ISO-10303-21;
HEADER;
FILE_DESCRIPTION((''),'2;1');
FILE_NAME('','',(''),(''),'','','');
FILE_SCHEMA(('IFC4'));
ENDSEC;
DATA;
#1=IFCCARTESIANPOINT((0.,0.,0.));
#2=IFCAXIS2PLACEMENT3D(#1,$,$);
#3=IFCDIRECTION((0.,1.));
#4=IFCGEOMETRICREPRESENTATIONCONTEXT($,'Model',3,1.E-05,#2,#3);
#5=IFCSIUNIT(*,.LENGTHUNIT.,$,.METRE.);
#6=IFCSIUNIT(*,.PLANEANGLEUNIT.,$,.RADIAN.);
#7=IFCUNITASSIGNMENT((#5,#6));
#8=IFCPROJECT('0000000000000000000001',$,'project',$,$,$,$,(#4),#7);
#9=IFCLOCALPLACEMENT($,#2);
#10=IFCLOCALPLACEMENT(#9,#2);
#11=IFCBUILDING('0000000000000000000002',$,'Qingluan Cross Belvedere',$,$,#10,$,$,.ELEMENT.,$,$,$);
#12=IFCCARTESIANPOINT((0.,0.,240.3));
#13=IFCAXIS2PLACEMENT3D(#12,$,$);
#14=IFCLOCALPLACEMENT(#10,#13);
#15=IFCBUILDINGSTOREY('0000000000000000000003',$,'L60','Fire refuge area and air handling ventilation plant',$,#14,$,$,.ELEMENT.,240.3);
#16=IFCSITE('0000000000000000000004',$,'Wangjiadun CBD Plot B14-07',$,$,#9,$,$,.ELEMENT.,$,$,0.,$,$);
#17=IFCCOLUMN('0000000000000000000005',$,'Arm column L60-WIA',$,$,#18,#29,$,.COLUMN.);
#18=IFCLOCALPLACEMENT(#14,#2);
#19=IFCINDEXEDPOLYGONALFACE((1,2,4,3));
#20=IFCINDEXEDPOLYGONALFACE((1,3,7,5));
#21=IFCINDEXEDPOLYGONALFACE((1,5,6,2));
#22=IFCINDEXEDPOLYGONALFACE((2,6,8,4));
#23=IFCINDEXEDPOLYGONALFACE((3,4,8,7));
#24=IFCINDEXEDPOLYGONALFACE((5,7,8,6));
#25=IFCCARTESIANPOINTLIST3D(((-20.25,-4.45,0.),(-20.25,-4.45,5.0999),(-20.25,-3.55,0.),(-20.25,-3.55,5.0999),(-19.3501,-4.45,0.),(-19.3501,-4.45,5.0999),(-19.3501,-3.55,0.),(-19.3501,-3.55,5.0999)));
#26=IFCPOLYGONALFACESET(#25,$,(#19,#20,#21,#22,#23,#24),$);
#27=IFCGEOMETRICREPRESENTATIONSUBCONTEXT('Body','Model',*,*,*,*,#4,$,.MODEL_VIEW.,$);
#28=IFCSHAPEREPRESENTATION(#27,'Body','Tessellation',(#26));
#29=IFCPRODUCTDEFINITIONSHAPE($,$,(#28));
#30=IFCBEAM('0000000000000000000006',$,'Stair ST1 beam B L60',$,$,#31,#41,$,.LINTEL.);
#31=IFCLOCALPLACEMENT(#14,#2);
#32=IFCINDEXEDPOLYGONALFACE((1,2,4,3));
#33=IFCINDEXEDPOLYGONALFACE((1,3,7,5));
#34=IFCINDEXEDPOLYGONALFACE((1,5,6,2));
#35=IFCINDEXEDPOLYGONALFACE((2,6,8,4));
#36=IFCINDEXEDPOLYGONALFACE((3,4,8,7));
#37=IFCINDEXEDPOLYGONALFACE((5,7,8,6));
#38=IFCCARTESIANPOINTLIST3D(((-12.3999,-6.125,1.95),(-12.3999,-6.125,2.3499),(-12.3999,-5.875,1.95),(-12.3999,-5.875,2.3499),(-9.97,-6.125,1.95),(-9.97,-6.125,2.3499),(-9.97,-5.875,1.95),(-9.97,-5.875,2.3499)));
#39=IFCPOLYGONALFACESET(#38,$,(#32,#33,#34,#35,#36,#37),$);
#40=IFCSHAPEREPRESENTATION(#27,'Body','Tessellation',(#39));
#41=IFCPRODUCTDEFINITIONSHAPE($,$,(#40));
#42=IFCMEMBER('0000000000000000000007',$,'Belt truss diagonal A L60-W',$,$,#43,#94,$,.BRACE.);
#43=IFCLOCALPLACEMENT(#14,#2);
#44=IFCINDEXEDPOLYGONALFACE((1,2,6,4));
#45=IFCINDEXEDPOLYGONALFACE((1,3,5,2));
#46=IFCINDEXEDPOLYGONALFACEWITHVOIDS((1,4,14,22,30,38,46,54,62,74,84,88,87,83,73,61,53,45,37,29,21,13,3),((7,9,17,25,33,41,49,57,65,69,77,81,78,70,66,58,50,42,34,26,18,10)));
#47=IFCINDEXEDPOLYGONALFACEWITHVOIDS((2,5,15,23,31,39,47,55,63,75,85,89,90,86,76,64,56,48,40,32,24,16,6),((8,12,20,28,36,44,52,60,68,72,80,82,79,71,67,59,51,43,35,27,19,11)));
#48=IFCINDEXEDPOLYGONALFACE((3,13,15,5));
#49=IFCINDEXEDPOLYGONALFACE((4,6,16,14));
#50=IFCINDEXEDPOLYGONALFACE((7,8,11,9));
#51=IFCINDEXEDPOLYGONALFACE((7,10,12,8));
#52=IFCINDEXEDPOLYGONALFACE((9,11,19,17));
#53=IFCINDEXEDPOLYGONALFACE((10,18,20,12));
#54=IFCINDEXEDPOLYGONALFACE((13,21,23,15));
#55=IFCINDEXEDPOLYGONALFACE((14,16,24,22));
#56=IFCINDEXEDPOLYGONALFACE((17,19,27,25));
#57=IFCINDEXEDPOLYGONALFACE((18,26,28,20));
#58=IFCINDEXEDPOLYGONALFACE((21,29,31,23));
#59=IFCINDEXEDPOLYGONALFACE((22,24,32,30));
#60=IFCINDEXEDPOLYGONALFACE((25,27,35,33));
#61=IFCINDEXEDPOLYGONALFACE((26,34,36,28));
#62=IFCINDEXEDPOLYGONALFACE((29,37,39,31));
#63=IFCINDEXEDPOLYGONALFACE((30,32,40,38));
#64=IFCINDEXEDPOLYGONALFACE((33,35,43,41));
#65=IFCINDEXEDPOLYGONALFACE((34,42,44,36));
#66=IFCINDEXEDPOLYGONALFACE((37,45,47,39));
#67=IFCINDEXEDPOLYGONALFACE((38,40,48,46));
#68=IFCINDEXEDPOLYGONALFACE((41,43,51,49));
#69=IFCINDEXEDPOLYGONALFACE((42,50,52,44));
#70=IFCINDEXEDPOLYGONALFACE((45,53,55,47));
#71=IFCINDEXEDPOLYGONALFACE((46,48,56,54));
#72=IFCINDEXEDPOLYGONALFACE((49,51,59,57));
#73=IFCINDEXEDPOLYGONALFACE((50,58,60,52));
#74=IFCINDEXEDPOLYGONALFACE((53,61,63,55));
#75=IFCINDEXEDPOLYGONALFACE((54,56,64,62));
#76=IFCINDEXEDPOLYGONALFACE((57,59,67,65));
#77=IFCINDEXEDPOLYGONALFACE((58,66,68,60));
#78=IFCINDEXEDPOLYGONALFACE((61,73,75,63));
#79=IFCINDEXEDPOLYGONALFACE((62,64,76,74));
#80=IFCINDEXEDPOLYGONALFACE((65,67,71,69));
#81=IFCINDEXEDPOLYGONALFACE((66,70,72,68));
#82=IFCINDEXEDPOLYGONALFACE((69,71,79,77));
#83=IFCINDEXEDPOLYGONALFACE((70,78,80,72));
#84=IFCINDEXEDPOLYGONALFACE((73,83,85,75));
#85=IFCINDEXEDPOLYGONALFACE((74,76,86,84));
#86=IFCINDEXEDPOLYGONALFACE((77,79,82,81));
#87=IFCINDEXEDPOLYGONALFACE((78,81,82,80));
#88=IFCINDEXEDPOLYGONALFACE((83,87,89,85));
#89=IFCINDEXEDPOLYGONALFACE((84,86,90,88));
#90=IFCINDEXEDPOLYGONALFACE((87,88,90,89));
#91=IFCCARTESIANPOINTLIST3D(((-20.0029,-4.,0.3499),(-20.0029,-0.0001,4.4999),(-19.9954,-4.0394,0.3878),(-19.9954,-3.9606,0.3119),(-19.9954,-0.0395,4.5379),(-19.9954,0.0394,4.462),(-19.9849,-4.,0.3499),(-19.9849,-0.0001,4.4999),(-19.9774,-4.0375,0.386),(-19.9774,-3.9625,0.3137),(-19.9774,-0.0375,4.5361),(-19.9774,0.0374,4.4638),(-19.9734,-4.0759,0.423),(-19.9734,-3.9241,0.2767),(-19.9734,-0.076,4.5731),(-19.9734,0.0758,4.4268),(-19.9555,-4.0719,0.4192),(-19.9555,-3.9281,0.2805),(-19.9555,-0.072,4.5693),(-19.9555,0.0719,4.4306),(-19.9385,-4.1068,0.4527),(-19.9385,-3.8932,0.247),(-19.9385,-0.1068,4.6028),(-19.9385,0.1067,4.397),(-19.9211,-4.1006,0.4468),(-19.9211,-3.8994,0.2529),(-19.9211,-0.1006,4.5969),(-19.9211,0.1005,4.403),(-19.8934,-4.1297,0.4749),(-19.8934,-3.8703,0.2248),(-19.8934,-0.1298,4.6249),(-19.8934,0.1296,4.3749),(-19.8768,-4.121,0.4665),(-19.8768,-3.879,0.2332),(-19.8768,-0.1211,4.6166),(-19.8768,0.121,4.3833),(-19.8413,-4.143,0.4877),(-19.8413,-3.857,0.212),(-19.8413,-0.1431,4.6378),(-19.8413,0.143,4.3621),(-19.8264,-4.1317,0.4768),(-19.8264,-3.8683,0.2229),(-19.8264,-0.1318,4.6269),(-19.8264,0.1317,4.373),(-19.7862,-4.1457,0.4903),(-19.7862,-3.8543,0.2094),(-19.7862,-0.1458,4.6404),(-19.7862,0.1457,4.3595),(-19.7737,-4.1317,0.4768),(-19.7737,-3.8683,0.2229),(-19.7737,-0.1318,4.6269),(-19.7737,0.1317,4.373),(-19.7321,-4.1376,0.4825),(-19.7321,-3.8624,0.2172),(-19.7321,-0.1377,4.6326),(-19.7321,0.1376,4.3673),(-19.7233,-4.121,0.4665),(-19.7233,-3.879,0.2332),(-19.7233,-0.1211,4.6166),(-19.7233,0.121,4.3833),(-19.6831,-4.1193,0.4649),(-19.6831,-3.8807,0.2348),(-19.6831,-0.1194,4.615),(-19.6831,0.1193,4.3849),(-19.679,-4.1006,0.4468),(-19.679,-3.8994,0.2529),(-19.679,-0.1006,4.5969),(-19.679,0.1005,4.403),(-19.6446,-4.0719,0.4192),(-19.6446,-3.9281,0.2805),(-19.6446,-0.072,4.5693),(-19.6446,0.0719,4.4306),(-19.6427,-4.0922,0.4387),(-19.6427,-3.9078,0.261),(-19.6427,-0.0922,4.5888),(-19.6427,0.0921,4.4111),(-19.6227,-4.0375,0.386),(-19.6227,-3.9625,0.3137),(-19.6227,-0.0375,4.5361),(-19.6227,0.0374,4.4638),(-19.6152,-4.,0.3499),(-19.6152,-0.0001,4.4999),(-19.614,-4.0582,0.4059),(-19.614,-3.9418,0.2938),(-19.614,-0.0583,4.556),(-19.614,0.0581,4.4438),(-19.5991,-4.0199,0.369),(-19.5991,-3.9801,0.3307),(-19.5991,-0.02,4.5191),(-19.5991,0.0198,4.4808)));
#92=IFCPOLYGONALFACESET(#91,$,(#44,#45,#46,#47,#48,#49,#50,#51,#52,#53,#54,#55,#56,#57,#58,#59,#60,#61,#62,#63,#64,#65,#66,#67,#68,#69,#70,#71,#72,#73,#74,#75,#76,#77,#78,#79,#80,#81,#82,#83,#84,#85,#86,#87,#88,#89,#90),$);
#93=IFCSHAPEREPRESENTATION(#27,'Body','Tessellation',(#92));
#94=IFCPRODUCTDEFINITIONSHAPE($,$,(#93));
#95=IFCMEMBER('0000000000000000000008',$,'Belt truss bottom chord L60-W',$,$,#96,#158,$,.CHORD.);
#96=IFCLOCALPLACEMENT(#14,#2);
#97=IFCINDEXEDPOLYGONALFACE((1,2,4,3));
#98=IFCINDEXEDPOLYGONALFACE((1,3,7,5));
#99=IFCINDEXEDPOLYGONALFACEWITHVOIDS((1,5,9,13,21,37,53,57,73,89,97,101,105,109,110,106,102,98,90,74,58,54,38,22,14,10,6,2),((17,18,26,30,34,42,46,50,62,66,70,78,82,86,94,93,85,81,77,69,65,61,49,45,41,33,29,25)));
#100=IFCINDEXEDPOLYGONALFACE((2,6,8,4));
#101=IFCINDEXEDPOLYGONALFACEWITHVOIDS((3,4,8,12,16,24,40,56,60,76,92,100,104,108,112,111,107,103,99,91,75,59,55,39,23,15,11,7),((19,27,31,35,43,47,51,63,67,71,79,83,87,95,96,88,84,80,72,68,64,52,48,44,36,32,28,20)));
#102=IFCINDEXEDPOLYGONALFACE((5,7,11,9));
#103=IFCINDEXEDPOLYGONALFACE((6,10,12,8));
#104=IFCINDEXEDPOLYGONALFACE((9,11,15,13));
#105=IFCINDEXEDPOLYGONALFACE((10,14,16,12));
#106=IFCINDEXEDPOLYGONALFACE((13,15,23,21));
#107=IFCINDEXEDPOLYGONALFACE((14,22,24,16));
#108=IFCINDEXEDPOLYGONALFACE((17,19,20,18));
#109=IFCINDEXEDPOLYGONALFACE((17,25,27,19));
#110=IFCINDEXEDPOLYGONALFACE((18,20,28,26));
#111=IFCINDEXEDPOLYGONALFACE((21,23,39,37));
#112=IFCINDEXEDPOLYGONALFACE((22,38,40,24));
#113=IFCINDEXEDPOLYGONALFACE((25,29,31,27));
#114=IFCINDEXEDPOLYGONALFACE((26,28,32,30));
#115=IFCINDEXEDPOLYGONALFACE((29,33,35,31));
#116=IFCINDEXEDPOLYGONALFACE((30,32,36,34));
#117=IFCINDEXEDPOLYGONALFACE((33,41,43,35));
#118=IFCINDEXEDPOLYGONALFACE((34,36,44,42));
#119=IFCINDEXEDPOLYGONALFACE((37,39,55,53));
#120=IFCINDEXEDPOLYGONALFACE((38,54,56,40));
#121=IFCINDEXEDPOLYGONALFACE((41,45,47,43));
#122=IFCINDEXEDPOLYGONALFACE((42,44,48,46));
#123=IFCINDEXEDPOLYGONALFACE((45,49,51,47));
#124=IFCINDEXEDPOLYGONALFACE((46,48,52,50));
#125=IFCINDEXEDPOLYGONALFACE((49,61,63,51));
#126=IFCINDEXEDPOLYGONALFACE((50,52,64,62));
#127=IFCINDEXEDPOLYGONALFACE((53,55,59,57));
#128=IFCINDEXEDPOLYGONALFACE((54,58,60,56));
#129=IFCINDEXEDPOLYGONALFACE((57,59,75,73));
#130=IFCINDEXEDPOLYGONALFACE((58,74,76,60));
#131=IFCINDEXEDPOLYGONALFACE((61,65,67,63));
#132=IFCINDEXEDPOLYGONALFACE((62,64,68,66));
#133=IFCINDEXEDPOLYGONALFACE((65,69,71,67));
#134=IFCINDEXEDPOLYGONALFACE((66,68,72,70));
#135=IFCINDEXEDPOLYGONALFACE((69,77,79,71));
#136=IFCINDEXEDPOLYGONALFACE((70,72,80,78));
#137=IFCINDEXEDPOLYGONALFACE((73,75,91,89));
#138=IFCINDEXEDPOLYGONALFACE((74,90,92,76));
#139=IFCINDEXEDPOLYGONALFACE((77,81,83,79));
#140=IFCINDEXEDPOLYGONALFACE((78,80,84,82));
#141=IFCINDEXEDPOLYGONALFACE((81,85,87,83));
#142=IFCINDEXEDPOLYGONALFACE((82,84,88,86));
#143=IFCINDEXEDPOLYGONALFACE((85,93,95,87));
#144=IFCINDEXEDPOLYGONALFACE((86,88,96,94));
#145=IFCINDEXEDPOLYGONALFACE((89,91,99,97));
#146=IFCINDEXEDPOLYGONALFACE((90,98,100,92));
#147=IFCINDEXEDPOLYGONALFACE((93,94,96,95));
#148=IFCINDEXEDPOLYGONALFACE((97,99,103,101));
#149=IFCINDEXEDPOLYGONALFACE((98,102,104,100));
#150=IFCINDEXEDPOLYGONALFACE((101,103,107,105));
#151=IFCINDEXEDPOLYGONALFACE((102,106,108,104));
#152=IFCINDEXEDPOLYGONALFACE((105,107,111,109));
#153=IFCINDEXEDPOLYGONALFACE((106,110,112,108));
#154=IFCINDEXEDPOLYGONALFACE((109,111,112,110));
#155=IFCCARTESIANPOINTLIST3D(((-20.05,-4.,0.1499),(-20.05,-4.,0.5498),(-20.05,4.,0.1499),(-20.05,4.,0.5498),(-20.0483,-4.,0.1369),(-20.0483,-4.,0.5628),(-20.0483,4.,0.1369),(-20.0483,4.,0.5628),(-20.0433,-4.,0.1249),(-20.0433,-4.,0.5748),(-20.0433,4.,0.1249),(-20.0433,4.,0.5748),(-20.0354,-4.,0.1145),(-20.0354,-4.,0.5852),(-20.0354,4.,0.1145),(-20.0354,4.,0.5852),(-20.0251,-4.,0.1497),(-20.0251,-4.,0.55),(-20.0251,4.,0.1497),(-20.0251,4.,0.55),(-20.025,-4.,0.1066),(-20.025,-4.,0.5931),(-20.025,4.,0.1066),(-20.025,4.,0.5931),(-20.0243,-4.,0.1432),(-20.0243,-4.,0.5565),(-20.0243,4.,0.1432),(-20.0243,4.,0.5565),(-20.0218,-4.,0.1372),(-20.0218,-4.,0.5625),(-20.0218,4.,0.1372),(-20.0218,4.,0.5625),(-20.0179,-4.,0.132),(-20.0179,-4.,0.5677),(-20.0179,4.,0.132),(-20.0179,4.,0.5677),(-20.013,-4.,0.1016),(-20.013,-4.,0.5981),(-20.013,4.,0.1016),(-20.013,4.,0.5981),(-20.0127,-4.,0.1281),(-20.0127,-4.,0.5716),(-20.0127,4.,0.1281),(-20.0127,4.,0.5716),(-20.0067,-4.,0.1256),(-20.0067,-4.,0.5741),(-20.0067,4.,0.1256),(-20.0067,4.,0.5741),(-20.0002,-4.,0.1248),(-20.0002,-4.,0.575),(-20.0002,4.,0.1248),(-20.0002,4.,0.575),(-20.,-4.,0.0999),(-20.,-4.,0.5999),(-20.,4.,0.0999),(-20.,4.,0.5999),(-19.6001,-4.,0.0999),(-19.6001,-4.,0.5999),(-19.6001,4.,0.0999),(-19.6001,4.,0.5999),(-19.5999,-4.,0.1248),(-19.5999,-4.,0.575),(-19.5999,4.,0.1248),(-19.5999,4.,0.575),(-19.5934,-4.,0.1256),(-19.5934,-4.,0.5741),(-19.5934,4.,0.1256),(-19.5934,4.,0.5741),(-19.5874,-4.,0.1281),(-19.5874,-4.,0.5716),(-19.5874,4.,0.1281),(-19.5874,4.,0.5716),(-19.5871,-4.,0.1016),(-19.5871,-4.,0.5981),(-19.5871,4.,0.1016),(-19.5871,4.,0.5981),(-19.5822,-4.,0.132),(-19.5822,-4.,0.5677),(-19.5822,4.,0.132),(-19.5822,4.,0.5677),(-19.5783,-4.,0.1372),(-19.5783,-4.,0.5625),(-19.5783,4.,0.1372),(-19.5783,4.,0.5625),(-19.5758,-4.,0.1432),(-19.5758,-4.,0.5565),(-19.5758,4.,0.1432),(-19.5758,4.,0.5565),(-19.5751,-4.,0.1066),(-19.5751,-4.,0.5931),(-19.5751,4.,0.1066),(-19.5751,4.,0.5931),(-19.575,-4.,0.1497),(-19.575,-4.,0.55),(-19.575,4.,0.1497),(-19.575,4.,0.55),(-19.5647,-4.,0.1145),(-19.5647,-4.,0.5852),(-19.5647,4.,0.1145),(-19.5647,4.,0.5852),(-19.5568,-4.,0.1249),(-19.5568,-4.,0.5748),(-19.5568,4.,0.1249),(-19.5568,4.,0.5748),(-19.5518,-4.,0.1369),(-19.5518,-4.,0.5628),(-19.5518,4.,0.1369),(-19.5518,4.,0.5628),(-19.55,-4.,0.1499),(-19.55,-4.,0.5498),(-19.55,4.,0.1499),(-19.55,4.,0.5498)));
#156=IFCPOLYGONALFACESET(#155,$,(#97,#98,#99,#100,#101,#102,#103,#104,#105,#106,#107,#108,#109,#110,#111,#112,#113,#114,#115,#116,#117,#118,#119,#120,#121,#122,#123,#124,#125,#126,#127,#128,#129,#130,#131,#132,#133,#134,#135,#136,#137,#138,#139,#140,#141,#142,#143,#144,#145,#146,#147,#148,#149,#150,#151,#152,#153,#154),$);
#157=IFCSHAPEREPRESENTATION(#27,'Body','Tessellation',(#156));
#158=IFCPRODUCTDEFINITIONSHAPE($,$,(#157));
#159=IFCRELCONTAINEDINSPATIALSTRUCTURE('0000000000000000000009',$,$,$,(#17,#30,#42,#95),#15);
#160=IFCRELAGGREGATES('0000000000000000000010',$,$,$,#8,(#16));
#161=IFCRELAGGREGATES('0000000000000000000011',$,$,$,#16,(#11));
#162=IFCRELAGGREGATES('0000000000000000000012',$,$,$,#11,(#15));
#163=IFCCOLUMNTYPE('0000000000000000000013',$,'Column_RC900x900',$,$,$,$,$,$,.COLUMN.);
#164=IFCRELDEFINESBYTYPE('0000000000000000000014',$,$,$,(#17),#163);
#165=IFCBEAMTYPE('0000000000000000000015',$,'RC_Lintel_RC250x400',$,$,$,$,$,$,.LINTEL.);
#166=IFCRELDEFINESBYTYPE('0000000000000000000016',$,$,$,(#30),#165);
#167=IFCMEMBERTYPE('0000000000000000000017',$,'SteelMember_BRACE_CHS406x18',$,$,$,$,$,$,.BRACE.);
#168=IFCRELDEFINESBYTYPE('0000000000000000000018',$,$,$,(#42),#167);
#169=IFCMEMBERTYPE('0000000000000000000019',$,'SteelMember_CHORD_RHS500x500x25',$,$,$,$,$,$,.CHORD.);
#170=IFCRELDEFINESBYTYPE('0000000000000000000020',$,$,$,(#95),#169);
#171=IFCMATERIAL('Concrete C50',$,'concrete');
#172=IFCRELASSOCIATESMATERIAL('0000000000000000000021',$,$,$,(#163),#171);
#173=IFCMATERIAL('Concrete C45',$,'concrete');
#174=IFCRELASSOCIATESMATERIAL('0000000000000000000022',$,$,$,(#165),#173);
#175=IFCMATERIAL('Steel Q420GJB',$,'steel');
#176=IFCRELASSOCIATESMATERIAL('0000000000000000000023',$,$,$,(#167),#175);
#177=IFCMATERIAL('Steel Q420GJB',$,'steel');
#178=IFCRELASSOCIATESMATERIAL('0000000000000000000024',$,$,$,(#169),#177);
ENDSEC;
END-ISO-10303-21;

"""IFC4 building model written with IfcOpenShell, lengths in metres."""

from ifc_helpers import new_model, si_unit, direction, frame, origin, origin_2d, place, context, subcontext, project, spatial, rectangle, hollow_rectangle, hollow_circle, extrude, material, material_profile, profile_set, type_object, element, save


model = new_model("IFC4")

# Units and contexts
model_context = context("Model", 3, precision=1e-05, world=origin(), true_north=direction((0.0, 1.0)))
body_context = subcontext(model_context, "Body", "Model", "MODEL_VIEW")
ifc_project = project(units=[si_unit("LENGTHUNIT", "METRE"), si_unit("PLANEANGLEUNIT", "RADIAN")], contexts=[model_context])

# Site, building, storey
site_placement = place(None, origin())
site = spatial("IfcSite", under=ifc_project, at=site_placement, Name="Wangjiadun CBD Plot B14-07", CompositionType="ELEMENT", RefElevation=0.0)
building_placement = place(site_placement, origin())
building = spatial("IfcBuilding", under=site, at=building_placement, Name="Qingluan Cross Belvedere", CompositionType="ELEMENT")
storey_placement = place(building_placement, frame((0.0, 0.0, 240.3)))
storey = spatial("IfcBuildingStorey", under=building, at=storey_placement, Name="L60", Description="Fire refuge area and air handling ventilation plant", CompositionType="ELEMENT", Elevation=240.3)

# Column
ifc_material_1 = material(Name="Concrete C50", Category="concrete")
ifc_material_profile_1 = material_profile(ifc_material_1, rectangle(XDim=0.8999, YDim=0.8999, at=origin_2d()), Name="RC900x900")
ifc_profile_set_1 = profile_set([ifc_material_profile_1], Name="Concrete C50")
column_type = type_object("IfcColumnType", Name="Column_RC900x900", PredefinedType="COLUMN", material=ifc_profile_set_1)
column_placement = place(storey_placement, frame((-19.8, -4.0, 0.0), z_axis=(0.0, 0.0, 1.0), x_axis=(1.0, 0.0, 0.0)))
element("IfcColumn", 1, at=column_placement, inside=storey, type_object=column_type, Name="Arm column L60-WIA", PredefinedType="COLUMN", context=body_context, shape_type="SweptSolid", body=[
    extrude(rectangle(XDim=0.8999, YDim=0.8999, at=origin_2d()), origin(), (0.0, 0.0, 1.0), 5.0999),
])

# Beam
ifc_material_2 = material(Name="Concrete C45", Category="concrete")
ifc_material_profile_2 = material_profile(ifc_material_2, rectangle(XDim=0.25, YDim=0.3999, at=origin_2d()), Name="RC250x400")
ifc_profile_set_2 = profile_set([ifc_material_profile_2], Name="Concrete C45")
beam_type_1 = type_object("IfcBeamType", Name="RC_Lintel_RC250x400", PredefinedType="LINTEL", material=ifc_profile_set_2)
beam_1_placement = place(storey_placement, frame((-12.3999, -6.0, 2.1499), z_axis=(1.0, 0.0, 0.0), x_axis=(0.0, 1.0, 0.0)))
element("IfcBeam", 2, at=beam_1_placement, inside=storey, type_object=beam_type_1, Name="Stair ST1 beam B L60", PredefinedType="LINTEL", context=body_context, shape_type="SweptSolid", body=[
    extrude(rectangle(XDim=0.25, YDim=0.3999, at=origin_2d()), origin(), (0.0, 0.0, 1.0), 2.4299),
])

# Members
ifc_material_3 = material(Name="Steel Q420GJB", Category="steel")
ifc_material_profile_3 = material_profile(ifc_material_3, hollow_circle(Radius=0.2029, WallThickness=0.0181, at=origin_2d()), Name="CHS406x18")
ifc_profile_set_3 = profile_set([ifc_material_profile_3], Name="Steel Q420GJB")
member_type_1 = type_object("IfcMemberType", Name="SteelMember_BRACE_CHS406x18", PredefinedType="BRACE", material=ifc_profile_set_3)
member_1_placement = place(storey_placement, frame((-19.8, -4.0, 0.3499), z_axis=(0.0, 0.693962, 0.720011), x_axis=(-1.0, 0.0, 0.0)))
element("IfcMember", 3, at=member_1_placement, inside=storey, type_object=member_type_1, Name="Belt truss diagonal A L60-W", PredefinedType="BRACE", context=body_context, shape_type="SweptSolid", body=[
    extrude(hollow_circle(Radius=0.2029, WallThickness=0.0181, at=origin_2d()), origin(), (0.0, 0.0, 1.0), 5.7639),
])
ifc_material_4 = material(Name="Steel Q420GJB", Category="steel")
ifc_material_profile_4 = material_profile(ifc_material_4, hollow_rectangle(XDim=0.5, YDim=0.5, WallThickness=0.0249, InnerFilletRadius=0.0249, OuterFilletRadius=0.05, at=origin_2d()), Name="RHS500x500x25")
ifc_profile_set_4 = profile_set([ifc_material_profile_4], Name="Steel Q420GJB")
member_type_2 = type_object("IfcMemberType", Name="SteelMember_CHORD_RHS500x500x25", PredefinedType="CHORD", material=ifc_profile_set_4)
for number, where, z_axis, x_axis, name in (
    (4, (-19.8, -4.0, 0.3499), (0.0, 1.0, 0.0), (-1.0, 0.0, 0.0), "Belt truss bottom chord L60-W"),
):
    element("IfcMember", number, at=place(storey_placement, frame(where, z_axis=z_axis, x_axis=x_axis)), inside=storey, type_object=member_type_2, Name=name, PredefinedType="CHORD", context=body_context, shape_type="SweptSolid", body=[
        extrude(hollow_rectangle(XDim=0.5, YDim=0.5, WallThickness=0.0249, InnerFilletRadius=0.0249, OuterFilletRadius=0.05, at=origin_2d()), origin(), (0.0, 0.0, 1.0), 8.0),
    ])

save(model, "model.ifc")
